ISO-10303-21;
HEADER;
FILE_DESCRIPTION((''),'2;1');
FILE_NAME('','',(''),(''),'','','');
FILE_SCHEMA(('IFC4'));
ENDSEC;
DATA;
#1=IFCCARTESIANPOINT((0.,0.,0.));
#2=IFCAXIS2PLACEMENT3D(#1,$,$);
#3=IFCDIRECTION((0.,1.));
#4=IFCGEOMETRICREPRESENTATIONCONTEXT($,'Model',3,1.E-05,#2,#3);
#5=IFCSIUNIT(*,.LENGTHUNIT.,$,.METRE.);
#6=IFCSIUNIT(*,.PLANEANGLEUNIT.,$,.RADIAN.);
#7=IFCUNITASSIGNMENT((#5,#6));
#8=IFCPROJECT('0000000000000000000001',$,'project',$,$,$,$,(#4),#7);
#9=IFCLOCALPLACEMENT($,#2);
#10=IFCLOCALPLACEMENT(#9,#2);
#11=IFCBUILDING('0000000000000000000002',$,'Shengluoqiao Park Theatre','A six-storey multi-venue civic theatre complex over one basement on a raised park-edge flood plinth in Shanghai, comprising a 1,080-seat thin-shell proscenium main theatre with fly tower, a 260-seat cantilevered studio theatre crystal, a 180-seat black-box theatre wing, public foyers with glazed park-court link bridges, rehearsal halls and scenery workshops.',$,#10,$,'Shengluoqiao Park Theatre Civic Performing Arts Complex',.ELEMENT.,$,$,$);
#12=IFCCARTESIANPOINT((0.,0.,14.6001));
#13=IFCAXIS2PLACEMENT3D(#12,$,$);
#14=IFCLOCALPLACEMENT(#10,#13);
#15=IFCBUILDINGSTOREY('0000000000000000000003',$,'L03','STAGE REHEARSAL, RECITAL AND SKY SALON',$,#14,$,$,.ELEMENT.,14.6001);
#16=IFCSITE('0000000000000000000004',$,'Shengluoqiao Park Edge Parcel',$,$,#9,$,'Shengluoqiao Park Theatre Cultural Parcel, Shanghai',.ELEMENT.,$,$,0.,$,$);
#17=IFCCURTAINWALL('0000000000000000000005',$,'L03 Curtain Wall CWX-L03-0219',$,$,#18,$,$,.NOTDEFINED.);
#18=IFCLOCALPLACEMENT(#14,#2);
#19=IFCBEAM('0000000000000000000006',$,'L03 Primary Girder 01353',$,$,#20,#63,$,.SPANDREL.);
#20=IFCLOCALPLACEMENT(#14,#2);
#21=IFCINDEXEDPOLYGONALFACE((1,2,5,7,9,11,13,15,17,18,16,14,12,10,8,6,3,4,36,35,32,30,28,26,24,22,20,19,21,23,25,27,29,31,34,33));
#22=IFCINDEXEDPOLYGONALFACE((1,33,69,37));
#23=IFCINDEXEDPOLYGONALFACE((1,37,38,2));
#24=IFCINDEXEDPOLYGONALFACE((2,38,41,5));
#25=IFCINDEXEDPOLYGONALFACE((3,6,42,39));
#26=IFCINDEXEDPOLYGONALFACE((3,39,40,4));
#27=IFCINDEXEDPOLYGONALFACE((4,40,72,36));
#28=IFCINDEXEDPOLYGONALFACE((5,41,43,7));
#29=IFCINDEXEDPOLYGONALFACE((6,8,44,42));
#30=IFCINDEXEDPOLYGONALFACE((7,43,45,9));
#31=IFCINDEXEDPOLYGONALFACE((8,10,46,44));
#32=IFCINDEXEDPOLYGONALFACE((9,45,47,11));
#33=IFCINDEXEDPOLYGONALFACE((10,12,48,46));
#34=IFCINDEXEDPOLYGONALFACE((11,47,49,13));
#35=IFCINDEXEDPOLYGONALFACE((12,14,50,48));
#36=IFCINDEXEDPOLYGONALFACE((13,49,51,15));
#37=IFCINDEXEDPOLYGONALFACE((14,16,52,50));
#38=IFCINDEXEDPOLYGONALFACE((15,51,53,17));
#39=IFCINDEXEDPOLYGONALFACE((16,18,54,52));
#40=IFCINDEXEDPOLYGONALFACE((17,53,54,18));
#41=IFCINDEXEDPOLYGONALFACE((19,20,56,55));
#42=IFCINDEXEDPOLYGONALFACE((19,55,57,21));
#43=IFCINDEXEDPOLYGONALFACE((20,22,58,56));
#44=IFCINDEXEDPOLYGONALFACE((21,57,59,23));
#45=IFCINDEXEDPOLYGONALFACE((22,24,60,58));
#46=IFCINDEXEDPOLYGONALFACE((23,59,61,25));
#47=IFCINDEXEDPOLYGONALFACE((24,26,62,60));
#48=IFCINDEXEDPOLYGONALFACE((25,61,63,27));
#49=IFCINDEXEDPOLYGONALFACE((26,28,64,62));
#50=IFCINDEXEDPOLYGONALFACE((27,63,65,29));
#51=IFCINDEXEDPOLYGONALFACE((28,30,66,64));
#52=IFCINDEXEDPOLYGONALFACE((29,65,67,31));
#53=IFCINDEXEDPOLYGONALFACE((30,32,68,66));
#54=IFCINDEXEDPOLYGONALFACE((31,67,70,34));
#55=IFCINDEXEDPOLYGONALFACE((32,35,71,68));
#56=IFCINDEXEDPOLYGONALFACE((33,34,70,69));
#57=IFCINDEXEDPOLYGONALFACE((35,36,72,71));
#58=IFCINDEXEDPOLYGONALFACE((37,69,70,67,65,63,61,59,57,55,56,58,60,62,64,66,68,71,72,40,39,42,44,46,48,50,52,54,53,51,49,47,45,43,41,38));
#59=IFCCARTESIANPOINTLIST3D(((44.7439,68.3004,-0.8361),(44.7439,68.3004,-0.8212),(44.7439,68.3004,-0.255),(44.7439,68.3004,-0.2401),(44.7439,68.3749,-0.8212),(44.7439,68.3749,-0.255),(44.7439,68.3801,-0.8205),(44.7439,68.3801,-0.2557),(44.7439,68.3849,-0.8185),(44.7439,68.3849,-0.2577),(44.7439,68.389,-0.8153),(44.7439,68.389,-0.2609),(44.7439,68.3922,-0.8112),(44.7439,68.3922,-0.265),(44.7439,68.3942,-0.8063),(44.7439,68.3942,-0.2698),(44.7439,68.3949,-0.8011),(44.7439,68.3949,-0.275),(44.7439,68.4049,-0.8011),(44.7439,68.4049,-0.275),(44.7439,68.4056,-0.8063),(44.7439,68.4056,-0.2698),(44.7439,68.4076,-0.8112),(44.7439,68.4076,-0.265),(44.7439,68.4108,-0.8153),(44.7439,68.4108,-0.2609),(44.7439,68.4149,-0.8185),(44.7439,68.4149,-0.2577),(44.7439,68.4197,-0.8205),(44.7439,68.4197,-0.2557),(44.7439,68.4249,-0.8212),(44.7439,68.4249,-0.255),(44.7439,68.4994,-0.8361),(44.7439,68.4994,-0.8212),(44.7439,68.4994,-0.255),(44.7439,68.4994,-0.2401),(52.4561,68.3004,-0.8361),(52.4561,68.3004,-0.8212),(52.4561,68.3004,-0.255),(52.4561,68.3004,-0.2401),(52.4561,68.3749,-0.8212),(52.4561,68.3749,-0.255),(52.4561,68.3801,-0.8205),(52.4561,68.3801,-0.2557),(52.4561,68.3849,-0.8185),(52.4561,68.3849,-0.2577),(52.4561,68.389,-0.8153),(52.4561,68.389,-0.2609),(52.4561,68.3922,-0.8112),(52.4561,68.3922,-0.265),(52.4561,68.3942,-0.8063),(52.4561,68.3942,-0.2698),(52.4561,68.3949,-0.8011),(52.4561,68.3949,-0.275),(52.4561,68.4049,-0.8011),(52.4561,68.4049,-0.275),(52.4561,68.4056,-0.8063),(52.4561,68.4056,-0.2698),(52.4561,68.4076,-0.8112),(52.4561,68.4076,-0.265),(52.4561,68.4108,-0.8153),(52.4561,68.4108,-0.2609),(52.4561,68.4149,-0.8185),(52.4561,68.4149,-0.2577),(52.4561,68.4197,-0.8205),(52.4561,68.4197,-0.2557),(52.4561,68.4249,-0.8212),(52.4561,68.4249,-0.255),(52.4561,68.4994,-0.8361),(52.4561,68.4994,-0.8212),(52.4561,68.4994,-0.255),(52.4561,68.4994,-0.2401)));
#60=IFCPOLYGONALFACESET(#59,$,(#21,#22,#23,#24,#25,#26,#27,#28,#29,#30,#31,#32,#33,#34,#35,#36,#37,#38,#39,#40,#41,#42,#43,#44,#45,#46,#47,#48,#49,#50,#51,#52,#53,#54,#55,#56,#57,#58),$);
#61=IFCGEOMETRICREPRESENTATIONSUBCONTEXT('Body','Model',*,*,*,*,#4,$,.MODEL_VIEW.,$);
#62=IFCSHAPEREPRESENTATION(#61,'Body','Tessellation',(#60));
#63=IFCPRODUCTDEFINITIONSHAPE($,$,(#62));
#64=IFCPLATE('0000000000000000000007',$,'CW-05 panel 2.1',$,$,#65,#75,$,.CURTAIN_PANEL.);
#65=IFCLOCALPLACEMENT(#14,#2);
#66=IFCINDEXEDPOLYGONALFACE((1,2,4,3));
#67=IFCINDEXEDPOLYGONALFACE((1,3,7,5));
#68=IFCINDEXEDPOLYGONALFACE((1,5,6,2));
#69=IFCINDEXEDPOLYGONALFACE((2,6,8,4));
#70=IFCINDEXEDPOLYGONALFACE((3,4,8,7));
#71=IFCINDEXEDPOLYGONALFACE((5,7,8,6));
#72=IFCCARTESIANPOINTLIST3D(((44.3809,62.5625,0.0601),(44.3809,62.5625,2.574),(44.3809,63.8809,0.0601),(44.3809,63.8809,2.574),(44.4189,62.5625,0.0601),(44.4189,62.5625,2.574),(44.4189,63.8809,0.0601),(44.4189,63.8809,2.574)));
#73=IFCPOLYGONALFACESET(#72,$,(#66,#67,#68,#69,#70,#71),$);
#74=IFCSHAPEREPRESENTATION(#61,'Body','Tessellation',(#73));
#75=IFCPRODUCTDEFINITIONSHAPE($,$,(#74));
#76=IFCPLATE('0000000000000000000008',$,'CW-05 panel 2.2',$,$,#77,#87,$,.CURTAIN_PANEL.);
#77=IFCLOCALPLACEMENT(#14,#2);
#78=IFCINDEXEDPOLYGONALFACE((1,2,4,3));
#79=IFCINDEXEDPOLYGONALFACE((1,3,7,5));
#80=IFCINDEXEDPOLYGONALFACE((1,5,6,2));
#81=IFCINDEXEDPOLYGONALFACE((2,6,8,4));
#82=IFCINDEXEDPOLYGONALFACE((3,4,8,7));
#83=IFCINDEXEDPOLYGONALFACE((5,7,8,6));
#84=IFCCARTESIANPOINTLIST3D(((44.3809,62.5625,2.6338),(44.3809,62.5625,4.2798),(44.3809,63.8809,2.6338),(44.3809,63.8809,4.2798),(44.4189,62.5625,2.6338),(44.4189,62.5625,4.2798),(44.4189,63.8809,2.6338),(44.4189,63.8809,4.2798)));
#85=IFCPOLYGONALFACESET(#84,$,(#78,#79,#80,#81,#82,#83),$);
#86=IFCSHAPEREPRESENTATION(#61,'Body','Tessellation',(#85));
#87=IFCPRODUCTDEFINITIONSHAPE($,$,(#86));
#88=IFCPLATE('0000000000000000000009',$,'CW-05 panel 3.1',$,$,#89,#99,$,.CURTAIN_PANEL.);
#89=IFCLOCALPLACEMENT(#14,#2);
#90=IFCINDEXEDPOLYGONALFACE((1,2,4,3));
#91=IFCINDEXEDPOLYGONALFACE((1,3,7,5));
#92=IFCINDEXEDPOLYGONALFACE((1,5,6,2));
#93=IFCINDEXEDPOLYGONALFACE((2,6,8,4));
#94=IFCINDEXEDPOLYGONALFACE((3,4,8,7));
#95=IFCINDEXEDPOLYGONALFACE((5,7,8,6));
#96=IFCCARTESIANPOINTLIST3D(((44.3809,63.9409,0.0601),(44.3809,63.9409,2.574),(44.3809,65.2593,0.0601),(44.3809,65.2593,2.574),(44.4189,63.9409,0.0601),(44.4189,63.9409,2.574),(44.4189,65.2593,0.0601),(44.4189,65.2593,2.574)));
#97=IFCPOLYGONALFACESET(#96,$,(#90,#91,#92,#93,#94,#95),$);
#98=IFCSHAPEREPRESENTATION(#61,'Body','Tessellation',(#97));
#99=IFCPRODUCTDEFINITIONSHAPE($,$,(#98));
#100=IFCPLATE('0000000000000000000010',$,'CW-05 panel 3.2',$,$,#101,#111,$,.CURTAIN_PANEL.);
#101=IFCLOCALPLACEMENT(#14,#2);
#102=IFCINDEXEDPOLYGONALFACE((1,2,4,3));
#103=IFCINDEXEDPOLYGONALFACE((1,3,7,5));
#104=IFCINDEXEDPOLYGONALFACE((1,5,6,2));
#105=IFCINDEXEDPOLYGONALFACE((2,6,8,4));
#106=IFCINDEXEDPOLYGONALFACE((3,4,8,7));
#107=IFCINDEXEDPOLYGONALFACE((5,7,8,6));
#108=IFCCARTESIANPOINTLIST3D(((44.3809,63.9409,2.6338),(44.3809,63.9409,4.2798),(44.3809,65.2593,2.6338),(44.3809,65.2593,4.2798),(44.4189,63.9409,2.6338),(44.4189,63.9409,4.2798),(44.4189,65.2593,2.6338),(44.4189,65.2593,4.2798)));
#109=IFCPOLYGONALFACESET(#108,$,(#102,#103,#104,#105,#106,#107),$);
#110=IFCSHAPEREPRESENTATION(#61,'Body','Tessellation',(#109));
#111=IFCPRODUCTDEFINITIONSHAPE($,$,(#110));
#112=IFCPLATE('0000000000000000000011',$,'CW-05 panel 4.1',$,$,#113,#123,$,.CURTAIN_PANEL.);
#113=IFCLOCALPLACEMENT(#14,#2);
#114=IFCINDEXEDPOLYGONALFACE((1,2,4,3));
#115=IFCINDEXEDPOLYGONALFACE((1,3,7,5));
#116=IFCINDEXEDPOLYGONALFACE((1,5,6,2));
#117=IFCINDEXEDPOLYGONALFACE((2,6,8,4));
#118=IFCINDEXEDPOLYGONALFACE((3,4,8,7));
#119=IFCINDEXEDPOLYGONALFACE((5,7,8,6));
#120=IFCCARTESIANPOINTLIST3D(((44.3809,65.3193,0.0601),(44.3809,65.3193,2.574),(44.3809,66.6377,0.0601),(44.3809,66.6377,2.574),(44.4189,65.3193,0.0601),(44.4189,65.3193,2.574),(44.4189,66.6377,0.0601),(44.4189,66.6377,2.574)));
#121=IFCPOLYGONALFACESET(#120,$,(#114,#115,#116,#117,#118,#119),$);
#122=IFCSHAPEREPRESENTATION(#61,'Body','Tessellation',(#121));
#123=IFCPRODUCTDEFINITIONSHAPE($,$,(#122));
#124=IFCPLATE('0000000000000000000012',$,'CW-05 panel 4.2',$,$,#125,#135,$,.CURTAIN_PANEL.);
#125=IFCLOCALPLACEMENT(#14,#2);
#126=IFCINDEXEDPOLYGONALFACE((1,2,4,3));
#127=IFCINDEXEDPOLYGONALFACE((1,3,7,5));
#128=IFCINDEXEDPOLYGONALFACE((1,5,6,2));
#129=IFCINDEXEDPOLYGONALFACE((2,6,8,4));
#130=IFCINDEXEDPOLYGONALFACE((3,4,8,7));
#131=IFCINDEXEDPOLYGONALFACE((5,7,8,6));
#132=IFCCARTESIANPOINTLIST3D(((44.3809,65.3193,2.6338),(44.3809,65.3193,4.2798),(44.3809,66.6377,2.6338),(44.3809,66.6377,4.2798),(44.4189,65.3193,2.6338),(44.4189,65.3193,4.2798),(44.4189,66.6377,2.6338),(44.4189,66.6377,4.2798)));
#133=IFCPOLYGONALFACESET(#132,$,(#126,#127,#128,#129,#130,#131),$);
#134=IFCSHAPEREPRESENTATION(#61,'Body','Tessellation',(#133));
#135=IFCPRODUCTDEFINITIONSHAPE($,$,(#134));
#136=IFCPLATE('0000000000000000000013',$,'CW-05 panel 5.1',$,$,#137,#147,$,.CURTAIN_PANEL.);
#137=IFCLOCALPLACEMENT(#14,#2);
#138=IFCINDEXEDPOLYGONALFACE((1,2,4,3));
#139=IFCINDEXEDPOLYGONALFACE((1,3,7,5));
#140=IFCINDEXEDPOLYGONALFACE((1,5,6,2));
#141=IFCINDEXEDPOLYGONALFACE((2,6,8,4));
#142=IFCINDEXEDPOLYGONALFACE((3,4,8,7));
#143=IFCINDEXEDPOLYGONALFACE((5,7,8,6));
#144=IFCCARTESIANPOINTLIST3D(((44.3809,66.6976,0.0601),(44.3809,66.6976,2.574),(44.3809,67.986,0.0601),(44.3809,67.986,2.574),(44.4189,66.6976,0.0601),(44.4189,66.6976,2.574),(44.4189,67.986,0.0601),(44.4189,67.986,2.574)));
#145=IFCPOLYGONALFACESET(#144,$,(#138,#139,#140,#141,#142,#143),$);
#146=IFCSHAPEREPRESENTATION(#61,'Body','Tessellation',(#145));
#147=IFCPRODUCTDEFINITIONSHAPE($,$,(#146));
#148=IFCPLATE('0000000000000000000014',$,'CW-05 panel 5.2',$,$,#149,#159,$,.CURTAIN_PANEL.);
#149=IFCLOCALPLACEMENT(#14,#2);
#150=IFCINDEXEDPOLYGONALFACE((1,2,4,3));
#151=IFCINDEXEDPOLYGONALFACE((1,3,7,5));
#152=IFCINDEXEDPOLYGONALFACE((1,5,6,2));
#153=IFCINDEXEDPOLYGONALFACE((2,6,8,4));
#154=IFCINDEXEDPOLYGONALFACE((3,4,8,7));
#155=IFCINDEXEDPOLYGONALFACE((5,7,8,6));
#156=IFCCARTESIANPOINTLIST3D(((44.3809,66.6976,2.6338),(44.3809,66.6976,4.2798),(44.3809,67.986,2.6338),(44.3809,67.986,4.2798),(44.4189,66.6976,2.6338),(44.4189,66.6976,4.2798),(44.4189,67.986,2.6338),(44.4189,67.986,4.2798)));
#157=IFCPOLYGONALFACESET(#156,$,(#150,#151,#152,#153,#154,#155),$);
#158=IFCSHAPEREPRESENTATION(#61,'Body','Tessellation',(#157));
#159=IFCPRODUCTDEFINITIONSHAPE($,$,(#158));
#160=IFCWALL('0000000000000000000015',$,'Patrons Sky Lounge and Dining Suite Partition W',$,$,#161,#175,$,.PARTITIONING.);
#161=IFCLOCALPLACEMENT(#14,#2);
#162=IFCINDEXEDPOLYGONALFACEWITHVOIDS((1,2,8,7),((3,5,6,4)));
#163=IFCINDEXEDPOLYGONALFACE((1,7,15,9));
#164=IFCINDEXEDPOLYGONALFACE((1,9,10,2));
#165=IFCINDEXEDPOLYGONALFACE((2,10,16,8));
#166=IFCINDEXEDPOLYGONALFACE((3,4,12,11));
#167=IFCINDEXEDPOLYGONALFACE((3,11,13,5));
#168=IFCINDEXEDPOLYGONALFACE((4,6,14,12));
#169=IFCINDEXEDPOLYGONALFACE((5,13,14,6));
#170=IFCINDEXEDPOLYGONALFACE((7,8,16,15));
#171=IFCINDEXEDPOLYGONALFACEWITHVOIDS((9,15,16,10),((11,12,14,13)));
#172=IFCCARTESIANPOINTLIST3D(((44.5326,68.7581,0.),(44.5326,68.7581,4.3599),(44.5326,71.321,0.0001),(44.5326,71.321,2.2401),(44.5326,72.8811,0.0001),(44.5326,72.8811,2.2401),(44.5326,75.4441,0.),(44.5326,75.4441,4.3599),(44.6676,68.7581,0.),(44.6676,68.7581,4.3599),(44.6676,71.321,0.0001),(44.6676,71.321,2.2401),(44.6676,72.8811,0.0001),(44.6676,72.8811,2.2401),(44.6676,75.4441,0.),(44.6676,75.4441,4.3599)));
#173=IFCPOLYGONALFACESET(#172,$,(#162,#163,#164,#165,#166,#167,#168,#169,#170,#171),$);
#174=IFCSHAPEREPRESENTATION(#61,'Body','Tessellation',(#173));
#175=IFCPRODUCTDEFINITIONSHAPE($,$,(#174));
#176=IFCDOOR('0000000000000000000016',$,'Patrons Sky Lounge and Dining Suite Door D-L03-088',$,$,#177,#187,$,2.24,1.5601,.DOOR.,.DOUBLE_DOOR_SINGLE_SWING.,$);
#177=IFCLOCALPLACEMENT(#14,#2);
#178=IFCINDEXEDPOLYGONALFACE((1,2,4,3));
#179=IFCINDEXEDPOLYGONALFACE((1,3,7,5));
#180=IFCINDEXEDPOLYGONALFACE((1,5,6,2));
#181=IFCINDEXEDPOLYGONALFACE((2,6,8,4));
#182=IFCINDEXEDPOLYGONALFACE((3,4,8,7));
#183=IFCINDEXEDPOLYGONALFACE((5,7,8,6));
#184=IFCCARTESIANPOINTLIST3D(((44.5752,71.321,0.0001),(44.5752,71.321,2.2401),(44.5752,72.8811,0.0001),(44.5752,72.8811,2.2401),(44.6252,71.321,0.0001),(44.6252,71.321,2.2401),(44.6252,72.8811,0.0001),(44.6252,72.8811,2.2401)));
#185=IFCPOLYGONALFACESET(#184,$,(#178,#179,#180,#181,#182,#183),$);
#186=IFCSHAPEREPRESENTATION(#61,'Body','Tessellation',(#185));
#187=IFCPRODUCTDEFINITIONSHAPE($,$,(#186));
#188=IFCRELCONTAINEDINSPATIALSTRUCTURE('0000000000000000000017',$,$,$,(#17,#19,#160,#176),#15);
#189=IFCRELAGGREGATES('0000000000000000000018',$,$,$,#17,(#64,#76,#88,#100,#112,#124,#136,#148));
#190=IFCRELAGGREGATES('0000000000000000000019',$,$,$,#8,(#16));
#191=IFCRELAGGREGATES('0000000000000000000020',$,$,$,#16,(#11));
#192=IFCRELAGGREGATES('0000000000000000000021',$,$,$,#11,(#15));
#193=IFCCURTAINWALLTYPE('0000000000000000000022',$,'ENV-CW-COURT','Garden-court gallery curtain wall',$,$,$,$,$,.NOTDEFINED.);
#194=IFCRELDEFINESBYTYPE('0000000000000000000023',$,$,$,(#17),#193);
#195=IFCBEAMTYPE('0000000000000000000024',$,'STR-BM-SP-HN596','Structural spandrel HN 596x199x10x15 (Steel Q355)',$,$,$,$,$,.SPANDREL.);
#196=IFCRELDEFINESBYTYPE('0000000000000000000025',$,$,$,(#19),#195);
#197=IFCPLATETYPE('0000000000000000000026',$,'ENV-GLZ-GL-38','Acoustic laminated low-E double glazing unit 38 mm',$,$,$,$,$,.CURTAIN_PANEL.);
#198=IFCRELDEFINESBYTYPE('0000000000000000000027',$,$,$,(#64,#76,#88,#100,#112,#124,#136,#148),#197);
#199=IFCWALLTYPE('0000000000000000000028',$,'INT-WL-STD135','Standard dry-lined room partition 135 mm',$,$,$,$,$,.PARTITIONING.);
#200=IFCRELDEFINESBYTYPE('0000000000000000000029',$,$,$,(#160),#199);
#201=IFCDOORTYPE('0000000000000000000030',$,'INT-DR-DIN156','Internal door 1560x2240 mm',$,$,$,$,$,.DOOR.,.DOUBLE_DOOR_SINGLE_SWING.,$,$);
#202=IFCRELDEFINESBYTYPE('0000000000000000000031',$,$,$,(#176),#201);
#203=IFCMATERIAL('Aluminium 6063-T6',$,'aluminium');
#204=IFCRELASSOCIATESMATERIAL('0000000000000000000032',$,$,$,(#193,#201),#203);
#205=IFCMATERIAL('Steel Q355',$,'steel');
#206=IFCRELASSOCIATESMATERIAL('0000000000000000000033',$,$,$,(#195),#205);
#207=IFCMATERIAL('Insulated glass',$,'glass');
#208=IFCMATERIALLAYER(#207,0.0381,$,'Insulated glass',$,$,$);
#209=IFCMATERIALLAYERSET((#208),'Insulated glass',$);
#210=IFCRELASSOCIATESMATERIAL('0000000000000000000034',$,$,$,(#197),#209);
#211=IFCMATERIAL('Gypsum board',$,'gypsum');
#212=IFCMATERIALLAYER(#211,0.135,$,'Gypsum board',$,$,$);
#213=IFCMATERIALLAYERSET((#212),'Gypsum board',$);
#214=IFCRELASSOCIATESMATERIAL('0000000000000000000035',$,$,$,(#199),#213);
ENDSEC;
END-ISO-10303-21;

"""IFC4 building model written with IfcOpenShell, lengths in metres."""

from ifc_helpers import new_model, si_unit, direction, frame, frame_2d, origin, origin_2d, place, context, subcontext, project, spatial, rectangle, i_section, extrude, material, layer, layer_set, material_profile, profile_set, type_object, element, fill, aggregate, save


model = new_model("IFC4")

# Units and contexts
model_context = context("Model", 3, precision=1e-05, world=origin(), true_north=direction((0.0, 1.0)))
body_context = subcontext(model_context, "Body", "Model", "MODEL_VIEW")
ifc_project = project(units=[si_unit("LENGTHUNIT", "METRE"), si_unit("PLANEANGLEUNIT", "RADIAN")], contexts=[model_context])

# Site, building, storey
site_placement = place(None, origin())
site = spatial("IfcSite", under=ifc_project, at=site_placement, Name="Shengluoqiao Park Edge Parcel", LongName="Shengluoqiao Park Theatre Cultural Parcel, Shanghai", CompositionType="ELEMENT", RefElevation=0.0)
building_placement = place(site_placement, origin())
building = spatial("IfcBuilding", under=site, at=building_placement, Name="Shengluoqiao Park Theatre", Description="A six-storey multi-venue civic theatre complex over one basement on a raised park-edge flood plinth in Shanghai, comprising a 1,080-seat thin-shell proscenium main theatre with fly tower, a 260-seat cantilevered studio theatre crystal, a 180-seat black-box theatre wing, public foyers with glazed park-court link bridges, rehearsal halls and scenery workshops.", LongName="Shengluoqiao Park Theatre Civic Performing Arts Complex", CompositionType="ELEMENT")
storey_placement = place(building_placement, frame((0.0, 0.0, 14.6001)))
storey = spatial("IfcBuildingStorey", under=building, at=storey_placement, Name="L03", Description="STAGE REHEARSAL, RECITAL AND SKY SALON", CompositionType="ELEMENT", Elevation=14.6001)

# Curtain wall
ifc_material_1 = material(Name="Aluminium 6063-T6", Category="aluminium")
curtain_wall_type_1 = type_object("IfcCurtainWallType", Name="ENV-CW-COURT", Description="Garden-court gallery curtain wall", PredefinedType="NOTDEFINED", material=ifc_material_1)
curtain_wall_1_placement = place(storey_placement, origin())
curtain_wall_1 = element("IfcCurtainWall", 1, at=curtain_wall_1_placement, inside=storey, type_object=curtain_wall_type_1, Name="L03 Curtain Wall CWX-L03-0219", PredefinedType="NOTDEFINED")

# Beam
ifc_material_2 = material(Name="Steel Q355", Category="steel")
ifc_material_profile_1 = material_profile(ifc_material_2, i_section(OverallWidth=0.199, OverallDepth=0.5959, WebThickness=0.01, FlangeThickness=0.0149, FilletRadius=0.02, at=origin_2d()), Name="HN 596x199x10x15")
ifc_profile_set_1 = profile_set([ifc_material_profile_1], Name="Steel Q355")
beam_type_1 = type_object("IfcBeamType", Name="STR-BM-SP-HN596", Description="Structural spandrel HN 596x199x10x15 (Steel Q355)", PredefinedType="SPANDREL", material=ifc_profile_set_1)
beam_1_placement = place(storey_placement, frame((44.7439, 68.3999, -0.5381), z_axis=(1.0, 0.0, 0.0), x_axis=(0.0, 1.0, 0.0)))
element("IfcBeam", 2, at=beam_1_placement, inside=storey, type_object=beam_type_1, Name="L03 Primary Girder 01353", PredefinedType="SPANDREL", context=body_context, shape_type="SweptSolid", body=[
    extrude(i_section(OverallWidth=0.199, OverallDepth=0.5959, WebThickness=0.01, FlangeThickness=0.0149, FilletRadius=0.02, at=origin_2d()), origin(), (0.0, 0.0, 1.0), 7.7122),
])

# Plates
ifc_material_3 = material(Name="Insulated glass", Category="glass")
ifc_layer_1 = layer(ifc_material_3, 0.0381, Name="Insulated glass")
ifc_layer_set_1 = layer_set([ifc_layer_1], Name="Insulated glass")
plate_type = type_object("IfcPlateType", Name="ENV-GLZ-GL-38", Description="Acoustic laminated low-E double glazing unit 38 mm", PredefinedType="CURTAIN_PANEL", material=ifc_layer_set_1)
plate_1_placement = place(storey_placement, frame((44.3999, 63.2217, 0.0601), z_axis=(0.0, 0.0, 1.0), x_axis=(0.0, 1.0, 0.0)))
plate_1 = element("IfcPlate", 3, at=plate_1_placement, type_object=plate_type, Name="CW-05 panel 2.1", PredefinedType="CURTAIN_PANEL", context=body_context, shape_type="SweptSolid", body=[
    extrude(rectangle(XDim=1.3184, YDim=0.0381, at=origin_2d()), origin(), (0.0, 0.0, 1.0), 2.5139),
])
plate_2_placement = place(storey_placement, frame((44.3999, 63.2217, 2.6338), z_axis=(0.0, 0.0, 1.0), x_axis=(0.0, 1.0, 0.0)))
plate_2 = element("IfcPlate", 4, at=plate_2_placement, type_object=plate_type, Name="CW-05 panel 2.2", PredefinedType="CURTAIN_PANEL", context=body_context, shape_type="SweptSolid", body=[
    extrude(rectangle(XDim=1.3184, YDim=0.0381, at=origin_2d()), origin(), (0.0, 0.0, 1.0), 1.646),
])
plate_3_placement = place(storey_placement, frame((44.3999, 64.6001, 0.0601), z_axis=(0.0, 0.0, 1.0), x_axis=(0.0, 1.0, 0.0)))
plate_3 = element("IfcPlate", 5, at=plate_3_placement, type_object=plate_type, Name="CW-05 panel 3.1", PredefinedType="CURTAIN_PANEL", context=body_context, shape_type="SweptSolid", body=[
    extrude(rectangle(XDim=1.3184, YDim=0.0381, at=origin_2d()), origin(), (0.0, 0.0, 1.0), 2.5139),
])
plate_4_placement = place(storey_placement, frame((44.3999, 64.6001, 2.6338), z_axis=(0.0, 0.0, 1.0), x_axis=(0.0, 1.0, 0.0)))
plate_4 = element("IfcPlate", 6, at=plate_4_placement, type_object=plate_type, Name="CW-05 panel 3.2", PredefinedType="CURTAIN_PANEL", context=body_context, shape_type="SweptSolid", body=[
    extrude(rectangle(XDim=1.3184, YDim=0.0381, at=origin_2d()), origin(), (0.0, 0.0, 1.0), 1.646),
])
plate_5_placement = place(storey_placement, frame((44.3999, 65.9785, 0.0601), z_axis=(0.0, 0.0, 1.0), x_axis=(0.0, 1.0, 0.0)))
plate_5 = element("IfcPlate", 7, at=plate_5_placement, type_object=plate_type, Name="CW-05 panel 4.1", PredefinedType="CURTAIN_PANEL", context=body_context, shape_type="SweptSolid", body=[
    extrude(rectangle(XDim=1.3184, YDim=0.0381, at=origin_2d()), origin(), (0.0, 0.0, 1.0), 2.5139),
])
plate_6_placement = place(storey_placement, frame((44.3999, 65.9785, 2.6338), z_axis=(0.0, 0.0, 1.0), x_axis=(0.0, 1.0, 0.0)))
plate_6 = element("IfcPlate", 8, at=plate_6_placement, type_object=plate_type, Name="CW-05 panel 4.2", PredefinedType="CURTAIN_PANEL", context=body_context, shape_type="SweptSolid", body=[
    extrude(rectangle(XDim=1.3184, YDim=0.0381, at=origin_2d()), origin(), (0.0, 0.0, 1.0), 1.646),
])
plate_7_placement = place(storey_placement, frame((44.3999, 67.3418, 0.0601), z_axis=(0.0, 0.0, 1.0), x_axis=(0.0, 1.0, 0.0)))
plate_7 = element("IfcPlate", 9, at=plate_7_placement, type_object=plate_type, Name="CW-05 panel 5.1", PredefinedType="CURTAIN_PANEL", context=body_context, shape_type="SweptSolid", body=[
    extrude(rectangle(XDim=1.2883, YDim=0.0381, at=origin_2d()), origin(), (0.0, 0.0, 1.0), 2.5139),
])
plate_8_placement = place(storey_placement, frame((44.3999, 67.3418, 2.6338), z_axis=(0.0, 0.0, 1.0), x_axis=(0.0, 1.0, 0.0)))
plate_8 = element("IfcPlate", 10, at=plate_8_placement, type_object=plate_type, Name="CW-05 panel 5.2", PredefinedType="CURTAIN_PANEL", context=body_context, shape_type="SweptSolid", body=[
    extrude(rectangle(XDim=1.2883, YDim=0.0381, at=origin_2d()), origin(), (0.0, 0.0, 1.0), 1.646),
])
aggregate(curtain_wall_1, [plate_1, plate_2, plate_3, plate_4, plate_5, plate_6, plate_7, plate_8])

# Wall, opening, door
ifc_material_4 = material(Name="Gypsum board", Category="gypsum")
ifc_layer_2 = layer(ifc_material_4, 0.135, Name="Gypsum board")
ifc_layer_set_2 = layer_set([ifc_layer_2], Name="Gypsum board")
wall_type = type_object("IfcWallType", Name="INT-WL-STD135", Description="Standard dry-lined room partition 135 mm", PredefinedType="PARTITIONING", material=ifc_layer_set_2)
wall_placement = place(storey_placement, frame((44.6001, 68.7581, 0.0), z_axis=(0.0, 0.0, 1.0), x_axis=(0.0, 1.0, 0.0)))
wall = element("IfcWall", 11, at=wall_placement, inside=storey, type_object=wall_type, Name="Patrons Sky Lounge and Dining Suite Partition W", PredefinedType="PARTITIONING", context=body_context, shape_type="SweptSolid", body=[
    extrude(rectangle(XDim=6.686, YDim=0.135, at=frame_2d((3.343, 0.0))), origin(), (0.0, 0.0, 1.0), 4.3599),
])
opening_placement = place(wall_placement, frame((2.563, 0.0, 0.0)))
opening = element("IfcOpeningElement", 12, at=opening_placement, cuts=wall, PredefinedType="OPENING", context=body_context, shape_type="SweptSolid", body=[
    extrude(rectangle(XDim=1.5601, YDim=2.24, at=frame_2d((0.78, 1.1201))), frame((0.0, 0.0774, 0.0), z_axis=(0.0, -1.0, 0.0), x_axis=(1.0, 0.0, 0.0)), (0.0, 0.0, 1.0), 0.155),
])
door_type = type_object("IfcDoorType", Name="INT-DR-DIN156", Description="Internal door 1560x2240 mm", OperationType="DOUBLE_DOOR_SINGLE_SWING", PredefinedType="DOOR", material=ifc_material_1)
door_placement = place(opening_placement, origin())
door = element("IfcDoor", 13, at=door_placement, inside=storey, type_object=door_type, Name="Patrons Sky Lounge and Dining Suite Door D-L03-088", OperationType="DOUBLE_DOOR_SINGLE_SWING", OverallHeight=2.24, OverallWidth=1.5601, PredefinedType="DOOR", context=body_context, shape_type="SweptSolid", body=[
    extrude(rectangle(XDim=1.5601, YDim=2.24, at=frame_2d((0.78, 1.1201))), frame((0.0, 0.0249, 0.0), z_axis=(0.0, -1.0, 0.0), x_axis=(1.0, 0.0, 0.0)), (0.0, 0.0, 1.0), 0.05),
])
fill(opening, door)

save(model, "model.ifc")
